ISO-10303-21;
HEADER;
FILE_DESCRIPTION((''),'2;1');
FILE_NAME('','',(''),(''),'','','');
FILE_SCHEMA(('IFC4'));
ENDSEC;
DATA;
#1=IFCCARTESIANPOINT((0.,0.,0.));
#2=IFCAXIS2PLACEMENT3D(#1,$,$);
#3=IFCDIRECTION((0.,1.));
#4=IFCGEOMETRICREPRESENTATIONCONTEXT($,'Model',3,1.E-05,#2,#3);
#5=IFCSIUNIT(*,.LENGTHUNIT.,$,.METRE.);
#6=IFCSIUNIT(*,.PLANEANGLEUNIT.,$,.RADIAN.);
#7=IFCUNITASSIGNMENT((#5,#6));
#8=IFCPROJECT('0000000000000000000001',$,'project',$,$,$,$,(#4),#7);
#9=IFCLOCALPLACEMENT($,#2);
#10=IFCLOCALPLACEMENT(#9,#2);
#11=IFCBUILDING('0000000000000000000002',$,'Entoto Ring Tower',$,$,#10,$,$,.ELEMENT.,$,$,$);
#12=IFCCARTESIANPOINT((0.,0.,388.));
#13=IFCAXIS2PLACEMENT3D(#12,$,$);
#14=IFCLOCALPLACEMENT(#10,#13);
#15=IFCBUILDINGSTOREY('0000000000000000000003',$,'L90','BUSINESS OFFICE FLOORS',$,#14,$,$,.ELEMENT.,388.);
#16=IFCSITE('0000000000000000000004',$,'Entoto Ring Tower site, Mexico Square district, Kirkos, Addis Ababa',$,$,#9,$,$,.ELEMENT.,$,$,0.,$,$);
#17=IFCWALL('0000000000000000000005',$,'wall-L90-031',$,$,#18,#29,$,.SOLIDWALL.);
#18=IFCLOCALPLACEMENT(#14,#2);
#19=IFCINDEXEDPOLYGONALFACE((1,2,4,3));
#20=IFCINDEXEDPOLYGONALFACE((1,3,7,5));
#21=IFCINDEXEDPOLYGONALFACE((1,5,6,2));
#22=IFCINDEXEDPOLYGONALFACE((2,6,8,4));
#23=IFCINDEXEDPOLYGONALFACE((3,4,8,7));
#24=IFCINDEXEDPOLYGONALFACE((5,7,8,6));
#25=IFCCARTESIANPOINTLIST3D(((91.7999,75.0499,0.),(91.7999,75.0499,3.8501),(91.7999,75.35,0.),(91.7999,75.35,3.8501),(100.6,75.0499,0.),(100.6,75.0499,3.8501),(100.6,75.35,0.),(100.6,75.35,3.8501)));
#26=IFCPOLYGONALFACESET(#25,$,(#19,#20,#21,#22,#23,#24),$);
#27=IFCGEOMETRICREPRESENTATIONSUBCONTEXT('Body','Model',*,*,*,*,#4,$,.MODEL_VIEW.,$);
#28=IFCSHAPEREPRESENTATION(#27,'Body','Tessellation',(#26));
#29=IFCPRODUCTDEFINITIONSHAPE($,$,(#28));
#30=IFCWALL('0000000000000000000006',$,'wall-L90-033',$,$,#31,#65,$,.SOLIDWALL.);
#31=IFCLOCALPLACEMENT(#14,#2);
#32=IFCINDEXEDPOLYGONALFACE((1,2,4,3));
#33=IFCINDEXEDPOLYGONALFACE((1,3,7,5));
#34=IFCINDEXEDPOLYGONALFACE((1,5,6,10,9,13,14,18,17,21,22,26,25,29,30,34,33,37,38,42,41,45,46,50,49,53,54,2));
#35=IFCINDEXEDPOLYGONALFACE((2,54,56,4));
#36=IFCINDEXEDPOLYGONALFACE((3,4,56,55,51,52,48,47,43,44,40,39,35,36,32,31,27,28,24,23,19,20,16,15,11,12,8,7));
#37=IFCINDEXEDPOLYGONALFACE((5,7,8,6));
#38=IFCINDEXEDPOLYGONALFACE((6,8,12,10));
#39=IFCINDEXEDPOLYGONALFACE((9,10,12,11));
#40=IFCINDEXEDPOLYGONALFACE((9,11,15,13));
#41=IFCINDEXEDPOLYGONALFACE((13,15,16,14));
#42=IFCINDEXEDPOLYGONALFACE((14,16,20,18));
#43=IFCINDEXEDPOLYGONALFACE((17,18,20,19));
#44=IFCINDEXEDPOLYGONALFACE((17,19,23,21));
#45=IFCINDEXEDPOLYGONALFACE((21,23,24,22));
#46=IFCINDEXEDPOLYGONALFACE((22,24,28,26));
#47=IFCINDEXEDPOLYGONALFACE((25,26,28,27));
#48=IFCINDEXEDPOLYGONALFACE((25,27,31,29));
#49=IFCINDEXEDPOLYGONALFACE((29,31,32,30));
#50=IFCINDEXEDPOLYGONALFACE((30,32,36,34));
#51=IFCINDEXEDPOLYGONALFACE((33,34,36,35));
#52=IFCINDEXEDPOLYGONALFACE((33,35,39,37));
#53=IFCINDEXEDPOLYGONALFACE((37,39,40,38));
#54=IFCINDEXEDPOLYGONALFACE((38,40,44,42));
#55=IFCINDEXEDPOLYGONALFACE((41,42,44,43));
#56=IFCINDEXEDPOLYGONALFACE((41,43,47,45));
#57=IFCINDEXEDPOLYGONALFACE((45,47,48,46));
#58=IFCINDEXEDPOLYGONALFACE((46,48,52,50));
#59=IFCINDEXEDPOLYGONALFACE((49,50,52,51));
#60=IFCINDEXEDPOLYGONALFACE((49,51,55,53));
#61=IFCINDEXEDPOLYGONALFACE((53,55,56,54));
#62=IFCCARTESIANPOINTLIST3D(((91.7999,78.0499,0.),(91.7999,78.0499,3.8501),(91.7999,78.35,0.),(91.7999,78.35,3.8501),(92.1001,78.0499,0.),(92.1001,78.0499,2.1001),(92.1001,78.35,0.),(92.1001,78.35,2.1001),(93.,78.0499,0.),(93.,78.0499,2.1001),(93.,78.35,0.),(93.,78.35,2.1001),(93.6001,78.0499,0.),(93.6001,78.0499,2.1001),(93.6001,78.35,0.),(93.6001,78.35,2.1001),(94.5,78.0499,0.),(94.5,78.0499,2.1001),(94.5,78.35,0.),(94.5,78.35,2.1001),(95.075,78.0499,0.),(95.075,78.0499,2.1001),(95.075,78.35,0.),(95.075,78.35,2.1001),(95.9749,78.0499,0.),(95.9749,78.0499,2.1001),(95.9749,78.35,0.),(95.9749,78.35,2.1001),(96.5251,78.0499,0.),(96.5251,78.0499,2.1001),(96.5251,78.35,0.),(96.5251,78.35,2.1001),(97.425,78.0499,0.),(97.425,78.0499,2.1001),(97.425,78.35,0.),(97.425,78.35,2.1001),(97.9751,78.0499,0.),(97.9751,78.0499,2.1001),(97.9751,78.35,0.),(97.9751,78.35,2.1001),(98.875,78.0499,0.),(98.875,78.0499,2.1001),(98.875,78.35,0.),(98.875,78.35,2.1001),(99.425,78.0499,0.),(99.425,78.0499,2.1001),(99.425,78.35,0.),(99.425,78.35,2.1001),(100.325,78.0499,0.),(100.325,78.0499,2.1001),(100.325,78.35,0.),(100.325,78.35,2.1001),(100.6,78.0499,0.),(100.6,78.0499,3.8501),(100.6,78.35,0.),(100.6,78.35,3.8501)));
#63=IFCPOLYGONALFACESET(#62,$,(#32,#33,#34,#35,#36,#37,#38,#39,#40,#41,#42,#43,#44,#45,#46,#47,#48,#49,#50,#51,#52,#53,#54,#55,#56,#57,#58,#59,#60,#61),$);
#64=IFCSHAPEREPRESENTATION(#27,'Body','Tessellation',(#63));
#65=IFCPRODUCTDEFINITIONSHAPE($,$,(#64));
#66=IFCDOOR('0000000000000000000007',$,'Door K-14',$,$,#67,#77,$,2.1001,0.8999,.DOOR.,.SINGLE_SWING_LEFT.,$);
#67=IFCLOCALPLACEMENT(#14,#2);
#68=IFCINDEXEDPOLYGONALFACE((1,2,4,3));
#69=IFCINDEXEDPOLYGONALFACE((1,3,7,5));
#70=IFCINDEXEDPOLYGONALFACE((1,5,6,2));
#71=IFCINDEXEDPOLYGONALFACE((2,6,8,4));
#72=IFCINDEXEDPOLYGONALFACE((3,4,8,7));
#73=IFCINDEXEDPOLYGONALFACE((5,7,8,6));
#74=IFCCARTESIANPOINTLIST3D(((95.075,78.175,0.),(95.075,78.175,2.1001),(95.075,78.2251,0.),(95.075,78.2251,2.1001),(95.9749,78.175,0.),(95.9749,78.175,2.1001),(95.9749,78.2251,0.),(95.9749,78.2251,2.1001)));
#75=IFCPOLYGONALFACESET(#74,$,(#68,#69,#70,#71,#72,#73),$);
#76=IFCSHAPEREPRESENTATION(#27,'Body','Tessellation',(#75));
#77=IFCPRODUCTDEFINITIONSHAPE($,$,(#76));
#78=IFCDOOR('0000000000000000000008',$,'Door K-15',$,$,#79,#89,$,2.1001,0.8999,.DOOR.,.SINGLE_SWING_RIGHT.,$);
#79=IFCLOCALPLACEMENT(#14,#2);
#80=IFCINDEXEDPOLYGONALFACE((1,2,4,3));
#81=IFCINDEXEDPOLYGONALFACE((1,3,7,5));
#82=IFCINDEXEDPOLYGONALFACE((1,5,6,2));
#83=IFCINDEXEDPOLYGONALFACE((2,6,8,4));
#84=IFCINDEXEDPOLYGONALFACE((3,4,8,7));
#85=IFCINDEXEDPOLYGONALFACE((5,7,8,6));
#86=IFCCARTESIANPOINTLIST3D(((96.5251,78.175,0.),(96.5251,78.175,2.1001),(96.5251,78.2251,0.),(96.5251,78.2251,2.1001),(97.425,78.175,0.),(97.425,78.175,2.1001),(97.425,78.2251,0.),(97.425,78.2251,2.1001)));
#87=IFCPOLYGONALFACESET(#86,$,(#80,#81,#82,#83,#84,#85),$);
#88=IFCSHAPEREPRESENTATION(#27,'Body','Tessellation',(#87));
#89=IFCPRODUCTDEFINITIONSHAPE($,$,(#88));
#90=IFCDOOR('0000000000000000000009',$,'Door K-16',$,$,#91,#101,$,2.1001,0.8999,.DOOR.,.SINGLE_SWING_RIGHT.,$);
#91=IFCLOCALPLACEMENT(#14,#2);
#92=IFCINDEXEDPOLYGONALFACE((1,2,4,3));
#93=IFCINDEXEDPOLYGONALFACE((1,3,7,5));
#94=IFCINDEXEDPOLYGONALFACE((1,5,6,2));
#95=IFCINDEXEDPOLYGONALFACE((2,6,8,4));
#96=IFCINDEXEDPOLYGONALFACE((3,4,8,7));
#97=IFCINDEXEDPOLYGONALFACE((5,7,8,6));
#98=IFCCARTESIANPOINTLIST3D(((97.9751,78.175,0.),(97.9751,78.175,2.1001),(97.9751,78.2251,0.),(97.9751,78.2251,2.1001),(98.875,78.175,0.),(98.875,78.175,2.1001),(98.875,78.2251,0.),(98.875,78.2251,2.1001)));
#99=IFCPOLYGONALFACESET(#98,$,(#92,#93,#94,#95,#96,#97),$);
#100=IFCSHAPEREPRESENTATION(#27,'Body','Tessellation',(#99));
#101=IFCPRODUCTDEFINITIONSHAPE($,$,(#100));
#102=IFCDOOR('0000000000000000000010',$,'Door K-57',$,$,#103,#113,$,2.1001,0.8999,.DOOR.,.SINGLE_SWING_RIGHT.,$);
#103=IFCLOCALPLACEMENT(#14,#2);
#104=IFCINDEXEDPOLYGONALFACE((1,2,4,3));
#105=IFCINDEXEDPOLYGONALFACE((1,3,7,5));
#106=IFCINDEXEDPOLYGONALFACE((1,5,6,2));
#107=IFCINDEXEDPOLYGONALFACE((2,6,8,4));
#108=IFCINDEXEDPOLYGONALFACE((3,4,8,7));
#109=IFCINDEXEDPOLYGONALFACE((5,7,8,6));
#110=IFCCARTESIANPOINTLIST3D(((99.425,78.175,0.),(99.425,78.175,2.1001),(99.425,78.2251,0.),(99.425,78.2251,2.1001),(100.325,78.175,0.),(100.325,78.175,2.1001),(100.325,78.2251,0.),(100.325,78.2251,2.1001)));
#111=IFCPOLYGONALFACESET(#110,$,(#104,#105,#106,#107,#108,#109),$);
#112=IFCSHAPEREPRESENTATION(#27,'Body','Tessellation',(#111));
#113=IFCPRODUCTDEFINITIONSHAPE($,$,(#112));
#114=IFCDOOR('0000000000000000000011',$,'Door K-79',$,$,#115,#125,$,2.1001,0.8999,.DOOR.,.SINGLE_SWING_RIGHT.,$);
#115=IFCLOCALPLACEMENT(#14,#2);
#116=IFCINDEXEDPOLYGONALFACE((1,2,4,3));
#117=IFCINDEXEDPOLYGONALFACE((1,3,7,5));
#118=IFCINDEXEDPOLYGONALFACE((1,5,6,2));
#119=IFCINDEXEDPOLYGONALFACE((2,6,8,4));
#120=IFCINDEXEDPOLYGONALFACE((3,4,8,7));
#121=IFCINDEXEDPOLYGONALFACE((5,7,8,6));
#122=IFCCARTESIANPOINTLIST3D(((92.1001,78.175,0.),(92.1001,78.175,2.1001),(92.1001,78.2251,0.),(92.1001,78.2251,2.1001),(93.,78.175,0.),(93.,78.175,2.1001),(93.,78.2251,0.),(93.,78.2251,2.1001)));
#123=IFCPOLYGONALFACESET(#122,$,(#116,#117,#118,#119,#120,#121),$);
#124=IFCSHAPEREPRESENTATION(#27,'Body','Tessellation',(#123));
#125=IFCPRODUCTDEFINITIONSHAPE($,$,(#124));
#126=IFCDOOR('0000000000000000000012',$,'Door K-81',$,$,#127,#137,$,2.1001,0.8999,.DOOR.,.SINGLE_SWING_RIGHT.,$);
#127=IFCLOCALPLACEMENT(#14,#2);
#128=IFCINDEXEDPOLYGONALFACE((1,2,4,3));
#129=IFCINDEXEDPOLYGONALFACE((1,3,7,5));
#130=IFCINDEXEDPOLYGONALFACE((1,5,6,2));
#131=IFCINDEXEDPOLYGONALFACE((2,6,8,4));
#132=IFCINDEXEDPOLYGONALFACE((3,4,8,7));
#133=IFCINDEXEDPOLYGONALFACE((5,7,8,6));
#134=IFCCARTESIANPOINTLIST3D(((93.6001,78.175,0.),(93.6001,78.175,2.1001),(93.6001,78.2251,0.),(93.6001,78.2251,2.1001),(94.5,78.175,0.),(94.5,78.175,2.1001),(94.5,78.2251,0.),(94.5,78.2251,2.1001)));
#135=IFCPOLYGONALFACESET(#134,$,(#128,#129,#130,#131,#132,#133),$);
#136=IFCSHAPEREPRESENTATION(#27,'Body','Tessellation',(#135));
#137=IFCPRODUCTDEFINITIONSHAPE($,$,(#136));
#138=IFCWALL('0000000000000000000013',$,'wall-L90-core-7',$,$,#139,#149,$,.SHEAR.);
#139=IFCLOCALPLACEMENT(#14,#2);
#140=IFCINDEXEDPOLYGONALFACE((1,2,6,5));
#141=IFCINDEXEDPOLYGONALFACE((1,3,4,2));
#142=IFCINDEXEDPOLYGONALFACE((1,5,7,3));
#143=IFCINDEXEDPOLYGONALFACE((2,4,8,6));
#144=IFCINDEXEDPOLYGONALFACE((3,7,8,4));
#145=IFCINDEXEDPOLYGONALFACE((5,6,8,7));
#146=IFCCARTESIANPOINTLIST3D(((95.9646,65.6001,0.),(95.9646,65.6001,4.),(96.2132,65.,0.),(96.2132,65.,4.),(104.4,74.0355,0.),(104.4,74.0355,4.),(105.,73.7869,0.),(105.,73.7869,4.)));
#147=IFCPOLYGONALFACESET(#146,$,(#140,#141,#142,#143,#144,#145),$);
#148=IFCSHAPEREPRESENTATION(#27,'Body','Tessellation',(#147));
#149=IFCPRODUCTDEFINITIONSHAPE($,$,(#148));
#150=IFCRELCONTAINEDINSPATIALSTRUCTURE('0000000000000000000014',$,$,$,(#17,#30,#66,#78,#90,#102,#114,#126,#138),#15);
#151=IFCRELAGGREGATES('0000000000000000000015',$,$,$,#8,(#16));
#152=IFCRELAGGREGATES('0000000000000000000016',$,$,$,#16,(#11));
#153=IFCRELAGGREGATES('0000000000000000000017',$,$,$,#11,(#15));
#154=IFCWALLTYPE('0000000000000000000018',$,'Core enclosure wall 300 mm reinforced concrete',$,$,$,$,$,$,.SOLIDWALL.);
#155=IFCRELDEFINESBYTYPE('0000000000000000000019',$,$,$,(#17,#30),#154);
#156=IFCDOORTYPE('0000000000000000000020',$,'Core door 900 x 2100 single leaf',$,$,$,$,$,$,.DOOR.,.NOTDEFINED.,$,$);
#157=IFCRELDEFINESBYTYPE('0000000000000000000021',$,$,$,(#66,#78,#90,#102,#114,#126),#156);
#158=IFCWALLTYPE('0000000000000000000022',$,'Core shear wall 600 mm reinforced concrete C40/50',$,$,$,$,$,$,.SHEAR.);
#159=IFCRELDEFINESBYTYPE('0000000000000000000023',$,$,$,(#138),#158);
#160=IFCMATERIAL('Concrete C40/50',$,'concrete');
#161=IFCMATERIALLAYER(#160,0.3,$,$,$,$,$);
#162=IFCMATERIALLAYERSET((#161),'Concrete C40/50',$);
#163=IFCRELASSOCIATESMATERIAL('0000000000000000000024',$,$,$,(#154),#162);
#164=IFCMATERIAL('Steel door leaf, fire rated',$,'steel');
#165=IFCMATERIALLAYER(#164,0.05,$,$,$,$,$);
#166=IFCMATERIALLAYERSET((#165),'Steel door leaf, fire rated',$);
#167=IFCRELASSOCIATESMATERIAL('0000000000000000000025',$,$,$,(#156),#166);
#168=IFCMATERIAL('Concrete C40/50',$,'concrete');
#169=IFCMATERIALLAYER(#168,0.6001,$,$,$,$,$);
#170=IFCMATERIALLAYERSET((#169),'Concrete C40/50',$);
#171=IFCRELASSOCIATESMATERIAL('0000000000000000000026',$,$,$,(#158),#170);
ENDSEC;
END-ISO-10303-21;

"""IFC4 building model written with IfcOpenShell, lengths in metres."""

from ifc_helpers import new_model, si_unit, direction, frame, frame_2d, origin, place, context, subcontext, project, spatial, polyline, rectangle, outline, extrude, material, layer, layer_set, type_object, element, fill, save


model = new_model("IFC4")

# Units and contexts
model_context = context("Model", 3, precision=1e-05, world=origin(), true_north=direction((0.0, 1.0)))
body_context = subcontext(model_context, "Body", "Model", "MODEL_VIEW")
ifc_project = project(units=[si_unit("LENGTHUNIT", "METRE"), si_unit("PLANEANGLEUNIT", "RADIAN")], contexts=[model_context])

# Site, building, storey
site_placement = place(None, origin())
site = spatial("IfcSite", under=ifc_project, at=site_placement, Name="Entoto Ring Tower site, Mexico Square district, Kirkos, Addis Ababa", CompositionType="ELEMENT", RefElevation=0.0)
building_placement = place(site_placement, origin())
building = spatial("IfcBuilding", under=site, at=building_placement, Name="Entoto Ring Tower", CompositionType="ELEMENT")
storey_placement = place(building_placement, frame((0.0, 0.0, 388.0)))
storey = spatial("IfcBuildingStorey", under=building, at=storey_placement, Name="L90", Description="BUSINESS OFFICE FLOORS", CompositionType="ELEMENT", Elevation=388.0)

# Shared definitions
ifc_material_1 = material(Name="Concrete C40/50", Category="concrete")
ifc_layer_1 = layer(ifc_material_1, 0.3)
ifc_layer_set_1 = layer_set([ifc_layer_1], Name="Concrete C40/50")
wall_type_1 = type_object("IfcWallType", Name="Core enclosure wall 300 mm reinforced concrete", PredefinedType="SOLIDWALL", material=ifc_layer_set_1)

# Shared definitions
ifc_material_2 = material(Name="Steel door leaf, fire rated", Category="steel")
ifc_layer_2 = layer(ifc_material_2, 0.05)
ifc_layer_set_2 = layer_set([ifc_layer_2], Name="Steel door leaf, fire rated")
door_type_1 = type_object("IfcDoorType", Name="Core door 900 x 2100 single leaf", OperationType="NOTDEFINED", PredefinedType="DOOR", material=ifc_layer_set_2)

# Wall
wall_1_placement = place(storey_placement, frame((91.8, 75.2, 0.0), z_axis=(0.0, 0.0, 1.0), x_axis=(1.0, 0.0, 0.0)))
element("IfcWall", 1, at=wall_1_placement, inside=storey, type_object=wall_type_1, Name="wall-L90-031", PredefinedType="SOLIDWALL", context=body_context, shape_type="SweptSolid", body=[
    extrude(rectangle(XDim=8.8, YDim=0.3, at=frame_2d((4.3999, 0.0))), origin(), (0.0, 0.0, 1.0), 3.8501),
])

# Wall, openings, doors
wall_2_placement = place(storey_placement, frame((91.8, 78.2, 0.0), z_axis=(0.0, 0.0, 1.0), x_axis=(1.0, 0.0, 0.0)))
wall_2 = element("IfcWall", 2, at=wall_2_placement, inside=storey, type_object=wall_type_1, Name="wall-L90-033", PredefinedType="SOLIDWALL", context=body_context, shape_type="SweptSolid", body=[
    extrude(rectangle(XDim=8.8, YDim=0.3, at=frame_2d((4.3999, 0.0))), origin(), (0.0, 0.0, 1.0), 3.8501),
])
opening_1_placement = place(wall_2_placement, frame((3.2749, 0.0, 0.0)))
opening_1 = element("IfcOpeningElement", 3, at=opening_1_placement, cuts=wall_2, PredefinedType="OPENING", context=body_context, shape_type="SweptSolid", body=[
    extrude(rectangle(XDim=0.8999, YDim=2.1001, at=frame_2d((0.45, 1.05))), frame((0.0, 0.1602, 0.0), z_axis=(0.0, -1.0, 0.0), x_axis=(1.0, 0.0, 0.0)), (0.0, 0.0, 1.0), 0.3201),
])
opening_2_placement = place(wall_2_placement, frame((4.7251, 0.0, 0.0)))
opening_2 = element("IfcOpeningElement", 4, at=opening_2_placement, cuts=wall_2, PredefinedType="OPENING", context=body_context, shape_type="SweptSolid", body=[
    extrude(rectangle(XDim=0.8999, YDim=2.1001, at=frame_2d((0.45, 1.05))), frame((0.0, 0.1602, 0.0), z_axis=(0.0, -1.0, 0.0), x_axis=(1.0, 0.0, 0.0)), (0.0, 0.0, 1.0), 0.3201),
])
opening_3_placement = place(wall_2_placement, frame((6.175, 0.0, 0.0)))
opening_3 = element("IfcOpeningElement", 5, at=opening_3_placement, cuts=wall_2, PredefinedType="OPENING", context=body_context, shape_type="SweptSolid", body=[
    extrude(rectangle(XDim=0.8999, YDim=2.1001, at=frame_2d((0.45, 1.05))), frame((0.0, 0.1602, 0.0), z_axis=(0.0, -1.0, 0.0), x_axis=(1.0, 0.0, 0.0)), (0.0, 0.0, 1.0), 0.3201),
])
opening_4_placement = place(wall_2_placement, frame((7.625, 0.0, 0.0)))
opening_4 = element("IfcOpeningElement", 6, at=opening_4_placement, cuts=wall_2, PredefinedType="OPENING", context=body_context, shape_type="SweptSolid", body=[
    extrude(rectangle(XDim=0.8999, YDim=2.1001, at=frame_2d((0.45, 1.05))), frame((0.0, 0.1602, 0.0), z_axis=(0.0, -1.0, 0.0), x_axis=(1.0, 0.0, 0.0)), (0.0, 0.0, 1.0), 0.3201),
])
opening_5_placement = place(wall_2_placement, frame((0.3, 0.0, 0.0)))
opening_5 = element("IfcOpeningElement", 7, at=opening_5_placement, cuts=wall_2, PredefinedType="OPENING", context=body_context, shape_type="SweptSolid", body=[
    extrude(rectangle(XDim=0.8999, YDim=2.1001, at=frame_2d((0.45, 1.05))), frame((0.0, 0.1602, 0.0), z_axis=(0.0, -1.0, 0.0), x_axis=(1.0, 0.0, 0.0)), (0.0, 0.0, 1.0), 0.3201),
])
opening_6_placement = place(wall_2_placement, frame((1.8, 0.0, 0.0)))
opening_6 = element("IfcOpeningElement", 8, at=opening_6_placement, cuts=wall_2, PredefinedType="OPENING", context=body_context, shape_type="SweptSolid", body=[
    extrude(rectangle(XDim=0.8999, YDim=2.1001, at=frame_2d((0.45, 1.05))), frame((0.0, 0.1602, 0.0), z_axis=(0.0, -1.0, 0.0), x_axis=(1.0, 0.0, 0.0)), (0.0, 0.0, 1.0), 0.3201),
])
door_1_placement = place(opening_1_placement, frame((0.8999, 0.0, 0.0), z_axis=(0.0, 0.0, 1.0), x_axis=(-1.0, 0.0, 0.0)))
door_1 = element("IfcDoor", 9, at=door_1_placement, inside=storey, type_object=door_type_1, Name="Door K-14", OperationType="SINGLE_SWING_LEFT", OverallHeight=2.1001, OverallWidth=0.8999, PredefinedType="DOOR", context=body_context, shape_type="SweptSolid", body=[
    extrude(rectangle(XDim=0.8999, YDim=2.1001, at=frame_2d((0.45, 1.05))), frame((0.0, 0.0249, 0.0), z_axis=(0.0, -1.0, 0.0), x_axis=(1.0, 0.0, 0.0)), (0.0, 0.0, 1.0), 0.05),
])
fill(opening_1, door_1)
door_2_placement = place(opening_2_placement, frame((0.8999, 0.0, 0.0), z_axis=(0.0, 0.0, 1.0), x_axis=(-1.0, 0.0, 0.0)))
door_2 = element("IfcDoor", 10, at=door_2_placement, inside=storey, type_object=door_type_1, Name="Door K-15", OperationType="SINGLE_SWING_RIGHT", OverallHeight=2.1001, OverallWidth=0.8999, PredefinedType="DOOR", context=body_context, shape_type="SweptSolid", body=[
    extrude(rectangle(XDim=0.8999, YDim=2.1001, at=frame_2d((0.45, 1.05))), frame((0.0, 0.0249, 0.0), z_axis=(0.0, -1.0, 0.0), x_axis=(1.0, 0.0, 0.0)), (0.0, 0.0, 1.0), 0.05),
])
fill(opening_2, door_2)
door_3_placement = place(opening_3_placement, frame((0.8999, 0.0, 0.0), z_axis=(0.0, 0.0, 1.0), x_axis=(-1.0, 0.0, 0.0)))
door_3 = element("IfcDoor", 11, at=door_3_placement, inside=storey, type_object=door_type_1, Name="Door K-16", OperationType="SINGLE_SWING_RIGHT", OverallHeight=2.1001, OverallWidth=0.8999, PredefinedType="DOOR", context=body_context, shape_type="SweptSolid", body=[
    extrude(rectangle(XDim=0.8999, YDim=2.1001, at=frame_2d((0.45, 1.05))), frame((0.0, 0.0249, 0.0), z_axis=(0.0, -1.0, 0.0), x_axis=(1.0, 0.0, 0.0)), (0.0, 0.0, 1.0), 0.05),
])
fill(opening_3, door_3)
door_4_placement = place(opening_4_placement, frame((0.8999, 0.0, 0.0), z_axis=(0.0, 0.0, 1.0), x_axis=(-1.0, 0.0, 0.0)))
door_4 = element("IfcDoor", 12, at=door_4_placement, inside=storey, type_object=door_type_1, Name="Door K-57", OperationType="SINGLE_SWING_RIGHT", OverallHeight=2.1001, OverallWidth=0.8999, PredefinedType="DOOR", context=body_context, shape_type="SweptSolid", body=[
    extrude(rectangle(XDim=0.8999, YDim=2.1001, at=frame_2d((0.45, 1.05))), frame((0.0, 0.0249, 0.0), z_axis=(0.0, -1.0, 0.0), x_axis=(1.0, 0.0, 0.0)), (0.0, 0.0, 1.0), 0.05),
])
fill(opening_4, door_4)
door_5_placement = place(opening_5_placement, frame((0.8999, 0.0, 0.0), z_axis=(0.0, 0.0, 1.0), x_axis=(-1.0, 0.0, 0.0)))
door_5 = element("IfcDoor", 13, at=door_5_placement, inside=storey, type_object=door_type_1, Name="Door K-79", OperationType="SINGLE_SWING_RIGHT", OverallHeight=2.1001, OverallWidth=0.8999, PredefinedType="DOOR", context=body_context, shape_type="SweptSolid", body=[
    extrude(rectangle(XDim=0.8999, YDim=2.1001, at=frame_2d((0.45, 1.05))), frame((0.0, 0.0249, 0.0), z_axis=(0.0, -1.0, 0.0), x_axis=(1.0, 0.0, 0.0)), (0.0, 0.0, 1.0), 0.05),
])
fill(opening_5, door_5)
door_6_placement = place(opening_6_placement, frame((0.8999, 0.0, 0.0), z_axis=(0.0, 0.0, 1.0), x_axis=(-1.0, 0.0, 0.0)))
door_6 = element("IfcDoor", 14, at=door_6_placement, inside=storey, type_object=door_type_1, Name="Door K-81", OperationType="SINGLE_SWING_RIGHT", OverallHeight=2.1001, OverallWidth=0.8999, PredefinedType="DOOR", context=body_context, shape_type="SweptSolid", body=[
    extrude(rectangle(XDim=0.8999, YDim=2.1001, at=frame_2d((0.45, 1.05))), frame((0.0, 0.0249, 0.0), z_axis=(0.0, -1.0, 0.0), x_axis=(1.0, 0.0, 0.0)), (0.0, 0.0, 1.0), 0.05),
])
fill(opening_6, door_6)

# Wall
ifc_material_3 = material(Name="Concrete C40/50", Category="concrete")
ifc_layer_3 = layer(ifc_material_3, 0.6001)
ifc_layer_set_3 = layer_set([ifc_layer_3], Name="Concrete C40/50")
wall_type_2 = type_object("IfcWallType", Name="Core shear wall 600 mm reinforced concrete C40/50", PredefinedType="SHEAR", material=ifc_layer_set_3)
wall_3_placement = place(storey_placement, frame((96.0889, 65.3, 0.0), z_axis=(0.0, 0.0, 1.0), x_axis=(0.707107, 0.707107, 0.0)))
element("IfcWall", 15, at=wall_3_placement, inside=storey, type_object=wall_type_2, Name="wall-L90-core-7", PredefinedType="SHEAR", context=body_context, shape_type="SweptSolid", body=[
    extrude(outline(polyline([(-0.1243, -0.3), (12.3022, -0.3), (12.0537, 0.3), (0.1243, 0.3), (-0.1243, -0.3)])), origin(), (0.0, 0.0, 1.0), 4.0),
])

save(model, "model.ifc")
